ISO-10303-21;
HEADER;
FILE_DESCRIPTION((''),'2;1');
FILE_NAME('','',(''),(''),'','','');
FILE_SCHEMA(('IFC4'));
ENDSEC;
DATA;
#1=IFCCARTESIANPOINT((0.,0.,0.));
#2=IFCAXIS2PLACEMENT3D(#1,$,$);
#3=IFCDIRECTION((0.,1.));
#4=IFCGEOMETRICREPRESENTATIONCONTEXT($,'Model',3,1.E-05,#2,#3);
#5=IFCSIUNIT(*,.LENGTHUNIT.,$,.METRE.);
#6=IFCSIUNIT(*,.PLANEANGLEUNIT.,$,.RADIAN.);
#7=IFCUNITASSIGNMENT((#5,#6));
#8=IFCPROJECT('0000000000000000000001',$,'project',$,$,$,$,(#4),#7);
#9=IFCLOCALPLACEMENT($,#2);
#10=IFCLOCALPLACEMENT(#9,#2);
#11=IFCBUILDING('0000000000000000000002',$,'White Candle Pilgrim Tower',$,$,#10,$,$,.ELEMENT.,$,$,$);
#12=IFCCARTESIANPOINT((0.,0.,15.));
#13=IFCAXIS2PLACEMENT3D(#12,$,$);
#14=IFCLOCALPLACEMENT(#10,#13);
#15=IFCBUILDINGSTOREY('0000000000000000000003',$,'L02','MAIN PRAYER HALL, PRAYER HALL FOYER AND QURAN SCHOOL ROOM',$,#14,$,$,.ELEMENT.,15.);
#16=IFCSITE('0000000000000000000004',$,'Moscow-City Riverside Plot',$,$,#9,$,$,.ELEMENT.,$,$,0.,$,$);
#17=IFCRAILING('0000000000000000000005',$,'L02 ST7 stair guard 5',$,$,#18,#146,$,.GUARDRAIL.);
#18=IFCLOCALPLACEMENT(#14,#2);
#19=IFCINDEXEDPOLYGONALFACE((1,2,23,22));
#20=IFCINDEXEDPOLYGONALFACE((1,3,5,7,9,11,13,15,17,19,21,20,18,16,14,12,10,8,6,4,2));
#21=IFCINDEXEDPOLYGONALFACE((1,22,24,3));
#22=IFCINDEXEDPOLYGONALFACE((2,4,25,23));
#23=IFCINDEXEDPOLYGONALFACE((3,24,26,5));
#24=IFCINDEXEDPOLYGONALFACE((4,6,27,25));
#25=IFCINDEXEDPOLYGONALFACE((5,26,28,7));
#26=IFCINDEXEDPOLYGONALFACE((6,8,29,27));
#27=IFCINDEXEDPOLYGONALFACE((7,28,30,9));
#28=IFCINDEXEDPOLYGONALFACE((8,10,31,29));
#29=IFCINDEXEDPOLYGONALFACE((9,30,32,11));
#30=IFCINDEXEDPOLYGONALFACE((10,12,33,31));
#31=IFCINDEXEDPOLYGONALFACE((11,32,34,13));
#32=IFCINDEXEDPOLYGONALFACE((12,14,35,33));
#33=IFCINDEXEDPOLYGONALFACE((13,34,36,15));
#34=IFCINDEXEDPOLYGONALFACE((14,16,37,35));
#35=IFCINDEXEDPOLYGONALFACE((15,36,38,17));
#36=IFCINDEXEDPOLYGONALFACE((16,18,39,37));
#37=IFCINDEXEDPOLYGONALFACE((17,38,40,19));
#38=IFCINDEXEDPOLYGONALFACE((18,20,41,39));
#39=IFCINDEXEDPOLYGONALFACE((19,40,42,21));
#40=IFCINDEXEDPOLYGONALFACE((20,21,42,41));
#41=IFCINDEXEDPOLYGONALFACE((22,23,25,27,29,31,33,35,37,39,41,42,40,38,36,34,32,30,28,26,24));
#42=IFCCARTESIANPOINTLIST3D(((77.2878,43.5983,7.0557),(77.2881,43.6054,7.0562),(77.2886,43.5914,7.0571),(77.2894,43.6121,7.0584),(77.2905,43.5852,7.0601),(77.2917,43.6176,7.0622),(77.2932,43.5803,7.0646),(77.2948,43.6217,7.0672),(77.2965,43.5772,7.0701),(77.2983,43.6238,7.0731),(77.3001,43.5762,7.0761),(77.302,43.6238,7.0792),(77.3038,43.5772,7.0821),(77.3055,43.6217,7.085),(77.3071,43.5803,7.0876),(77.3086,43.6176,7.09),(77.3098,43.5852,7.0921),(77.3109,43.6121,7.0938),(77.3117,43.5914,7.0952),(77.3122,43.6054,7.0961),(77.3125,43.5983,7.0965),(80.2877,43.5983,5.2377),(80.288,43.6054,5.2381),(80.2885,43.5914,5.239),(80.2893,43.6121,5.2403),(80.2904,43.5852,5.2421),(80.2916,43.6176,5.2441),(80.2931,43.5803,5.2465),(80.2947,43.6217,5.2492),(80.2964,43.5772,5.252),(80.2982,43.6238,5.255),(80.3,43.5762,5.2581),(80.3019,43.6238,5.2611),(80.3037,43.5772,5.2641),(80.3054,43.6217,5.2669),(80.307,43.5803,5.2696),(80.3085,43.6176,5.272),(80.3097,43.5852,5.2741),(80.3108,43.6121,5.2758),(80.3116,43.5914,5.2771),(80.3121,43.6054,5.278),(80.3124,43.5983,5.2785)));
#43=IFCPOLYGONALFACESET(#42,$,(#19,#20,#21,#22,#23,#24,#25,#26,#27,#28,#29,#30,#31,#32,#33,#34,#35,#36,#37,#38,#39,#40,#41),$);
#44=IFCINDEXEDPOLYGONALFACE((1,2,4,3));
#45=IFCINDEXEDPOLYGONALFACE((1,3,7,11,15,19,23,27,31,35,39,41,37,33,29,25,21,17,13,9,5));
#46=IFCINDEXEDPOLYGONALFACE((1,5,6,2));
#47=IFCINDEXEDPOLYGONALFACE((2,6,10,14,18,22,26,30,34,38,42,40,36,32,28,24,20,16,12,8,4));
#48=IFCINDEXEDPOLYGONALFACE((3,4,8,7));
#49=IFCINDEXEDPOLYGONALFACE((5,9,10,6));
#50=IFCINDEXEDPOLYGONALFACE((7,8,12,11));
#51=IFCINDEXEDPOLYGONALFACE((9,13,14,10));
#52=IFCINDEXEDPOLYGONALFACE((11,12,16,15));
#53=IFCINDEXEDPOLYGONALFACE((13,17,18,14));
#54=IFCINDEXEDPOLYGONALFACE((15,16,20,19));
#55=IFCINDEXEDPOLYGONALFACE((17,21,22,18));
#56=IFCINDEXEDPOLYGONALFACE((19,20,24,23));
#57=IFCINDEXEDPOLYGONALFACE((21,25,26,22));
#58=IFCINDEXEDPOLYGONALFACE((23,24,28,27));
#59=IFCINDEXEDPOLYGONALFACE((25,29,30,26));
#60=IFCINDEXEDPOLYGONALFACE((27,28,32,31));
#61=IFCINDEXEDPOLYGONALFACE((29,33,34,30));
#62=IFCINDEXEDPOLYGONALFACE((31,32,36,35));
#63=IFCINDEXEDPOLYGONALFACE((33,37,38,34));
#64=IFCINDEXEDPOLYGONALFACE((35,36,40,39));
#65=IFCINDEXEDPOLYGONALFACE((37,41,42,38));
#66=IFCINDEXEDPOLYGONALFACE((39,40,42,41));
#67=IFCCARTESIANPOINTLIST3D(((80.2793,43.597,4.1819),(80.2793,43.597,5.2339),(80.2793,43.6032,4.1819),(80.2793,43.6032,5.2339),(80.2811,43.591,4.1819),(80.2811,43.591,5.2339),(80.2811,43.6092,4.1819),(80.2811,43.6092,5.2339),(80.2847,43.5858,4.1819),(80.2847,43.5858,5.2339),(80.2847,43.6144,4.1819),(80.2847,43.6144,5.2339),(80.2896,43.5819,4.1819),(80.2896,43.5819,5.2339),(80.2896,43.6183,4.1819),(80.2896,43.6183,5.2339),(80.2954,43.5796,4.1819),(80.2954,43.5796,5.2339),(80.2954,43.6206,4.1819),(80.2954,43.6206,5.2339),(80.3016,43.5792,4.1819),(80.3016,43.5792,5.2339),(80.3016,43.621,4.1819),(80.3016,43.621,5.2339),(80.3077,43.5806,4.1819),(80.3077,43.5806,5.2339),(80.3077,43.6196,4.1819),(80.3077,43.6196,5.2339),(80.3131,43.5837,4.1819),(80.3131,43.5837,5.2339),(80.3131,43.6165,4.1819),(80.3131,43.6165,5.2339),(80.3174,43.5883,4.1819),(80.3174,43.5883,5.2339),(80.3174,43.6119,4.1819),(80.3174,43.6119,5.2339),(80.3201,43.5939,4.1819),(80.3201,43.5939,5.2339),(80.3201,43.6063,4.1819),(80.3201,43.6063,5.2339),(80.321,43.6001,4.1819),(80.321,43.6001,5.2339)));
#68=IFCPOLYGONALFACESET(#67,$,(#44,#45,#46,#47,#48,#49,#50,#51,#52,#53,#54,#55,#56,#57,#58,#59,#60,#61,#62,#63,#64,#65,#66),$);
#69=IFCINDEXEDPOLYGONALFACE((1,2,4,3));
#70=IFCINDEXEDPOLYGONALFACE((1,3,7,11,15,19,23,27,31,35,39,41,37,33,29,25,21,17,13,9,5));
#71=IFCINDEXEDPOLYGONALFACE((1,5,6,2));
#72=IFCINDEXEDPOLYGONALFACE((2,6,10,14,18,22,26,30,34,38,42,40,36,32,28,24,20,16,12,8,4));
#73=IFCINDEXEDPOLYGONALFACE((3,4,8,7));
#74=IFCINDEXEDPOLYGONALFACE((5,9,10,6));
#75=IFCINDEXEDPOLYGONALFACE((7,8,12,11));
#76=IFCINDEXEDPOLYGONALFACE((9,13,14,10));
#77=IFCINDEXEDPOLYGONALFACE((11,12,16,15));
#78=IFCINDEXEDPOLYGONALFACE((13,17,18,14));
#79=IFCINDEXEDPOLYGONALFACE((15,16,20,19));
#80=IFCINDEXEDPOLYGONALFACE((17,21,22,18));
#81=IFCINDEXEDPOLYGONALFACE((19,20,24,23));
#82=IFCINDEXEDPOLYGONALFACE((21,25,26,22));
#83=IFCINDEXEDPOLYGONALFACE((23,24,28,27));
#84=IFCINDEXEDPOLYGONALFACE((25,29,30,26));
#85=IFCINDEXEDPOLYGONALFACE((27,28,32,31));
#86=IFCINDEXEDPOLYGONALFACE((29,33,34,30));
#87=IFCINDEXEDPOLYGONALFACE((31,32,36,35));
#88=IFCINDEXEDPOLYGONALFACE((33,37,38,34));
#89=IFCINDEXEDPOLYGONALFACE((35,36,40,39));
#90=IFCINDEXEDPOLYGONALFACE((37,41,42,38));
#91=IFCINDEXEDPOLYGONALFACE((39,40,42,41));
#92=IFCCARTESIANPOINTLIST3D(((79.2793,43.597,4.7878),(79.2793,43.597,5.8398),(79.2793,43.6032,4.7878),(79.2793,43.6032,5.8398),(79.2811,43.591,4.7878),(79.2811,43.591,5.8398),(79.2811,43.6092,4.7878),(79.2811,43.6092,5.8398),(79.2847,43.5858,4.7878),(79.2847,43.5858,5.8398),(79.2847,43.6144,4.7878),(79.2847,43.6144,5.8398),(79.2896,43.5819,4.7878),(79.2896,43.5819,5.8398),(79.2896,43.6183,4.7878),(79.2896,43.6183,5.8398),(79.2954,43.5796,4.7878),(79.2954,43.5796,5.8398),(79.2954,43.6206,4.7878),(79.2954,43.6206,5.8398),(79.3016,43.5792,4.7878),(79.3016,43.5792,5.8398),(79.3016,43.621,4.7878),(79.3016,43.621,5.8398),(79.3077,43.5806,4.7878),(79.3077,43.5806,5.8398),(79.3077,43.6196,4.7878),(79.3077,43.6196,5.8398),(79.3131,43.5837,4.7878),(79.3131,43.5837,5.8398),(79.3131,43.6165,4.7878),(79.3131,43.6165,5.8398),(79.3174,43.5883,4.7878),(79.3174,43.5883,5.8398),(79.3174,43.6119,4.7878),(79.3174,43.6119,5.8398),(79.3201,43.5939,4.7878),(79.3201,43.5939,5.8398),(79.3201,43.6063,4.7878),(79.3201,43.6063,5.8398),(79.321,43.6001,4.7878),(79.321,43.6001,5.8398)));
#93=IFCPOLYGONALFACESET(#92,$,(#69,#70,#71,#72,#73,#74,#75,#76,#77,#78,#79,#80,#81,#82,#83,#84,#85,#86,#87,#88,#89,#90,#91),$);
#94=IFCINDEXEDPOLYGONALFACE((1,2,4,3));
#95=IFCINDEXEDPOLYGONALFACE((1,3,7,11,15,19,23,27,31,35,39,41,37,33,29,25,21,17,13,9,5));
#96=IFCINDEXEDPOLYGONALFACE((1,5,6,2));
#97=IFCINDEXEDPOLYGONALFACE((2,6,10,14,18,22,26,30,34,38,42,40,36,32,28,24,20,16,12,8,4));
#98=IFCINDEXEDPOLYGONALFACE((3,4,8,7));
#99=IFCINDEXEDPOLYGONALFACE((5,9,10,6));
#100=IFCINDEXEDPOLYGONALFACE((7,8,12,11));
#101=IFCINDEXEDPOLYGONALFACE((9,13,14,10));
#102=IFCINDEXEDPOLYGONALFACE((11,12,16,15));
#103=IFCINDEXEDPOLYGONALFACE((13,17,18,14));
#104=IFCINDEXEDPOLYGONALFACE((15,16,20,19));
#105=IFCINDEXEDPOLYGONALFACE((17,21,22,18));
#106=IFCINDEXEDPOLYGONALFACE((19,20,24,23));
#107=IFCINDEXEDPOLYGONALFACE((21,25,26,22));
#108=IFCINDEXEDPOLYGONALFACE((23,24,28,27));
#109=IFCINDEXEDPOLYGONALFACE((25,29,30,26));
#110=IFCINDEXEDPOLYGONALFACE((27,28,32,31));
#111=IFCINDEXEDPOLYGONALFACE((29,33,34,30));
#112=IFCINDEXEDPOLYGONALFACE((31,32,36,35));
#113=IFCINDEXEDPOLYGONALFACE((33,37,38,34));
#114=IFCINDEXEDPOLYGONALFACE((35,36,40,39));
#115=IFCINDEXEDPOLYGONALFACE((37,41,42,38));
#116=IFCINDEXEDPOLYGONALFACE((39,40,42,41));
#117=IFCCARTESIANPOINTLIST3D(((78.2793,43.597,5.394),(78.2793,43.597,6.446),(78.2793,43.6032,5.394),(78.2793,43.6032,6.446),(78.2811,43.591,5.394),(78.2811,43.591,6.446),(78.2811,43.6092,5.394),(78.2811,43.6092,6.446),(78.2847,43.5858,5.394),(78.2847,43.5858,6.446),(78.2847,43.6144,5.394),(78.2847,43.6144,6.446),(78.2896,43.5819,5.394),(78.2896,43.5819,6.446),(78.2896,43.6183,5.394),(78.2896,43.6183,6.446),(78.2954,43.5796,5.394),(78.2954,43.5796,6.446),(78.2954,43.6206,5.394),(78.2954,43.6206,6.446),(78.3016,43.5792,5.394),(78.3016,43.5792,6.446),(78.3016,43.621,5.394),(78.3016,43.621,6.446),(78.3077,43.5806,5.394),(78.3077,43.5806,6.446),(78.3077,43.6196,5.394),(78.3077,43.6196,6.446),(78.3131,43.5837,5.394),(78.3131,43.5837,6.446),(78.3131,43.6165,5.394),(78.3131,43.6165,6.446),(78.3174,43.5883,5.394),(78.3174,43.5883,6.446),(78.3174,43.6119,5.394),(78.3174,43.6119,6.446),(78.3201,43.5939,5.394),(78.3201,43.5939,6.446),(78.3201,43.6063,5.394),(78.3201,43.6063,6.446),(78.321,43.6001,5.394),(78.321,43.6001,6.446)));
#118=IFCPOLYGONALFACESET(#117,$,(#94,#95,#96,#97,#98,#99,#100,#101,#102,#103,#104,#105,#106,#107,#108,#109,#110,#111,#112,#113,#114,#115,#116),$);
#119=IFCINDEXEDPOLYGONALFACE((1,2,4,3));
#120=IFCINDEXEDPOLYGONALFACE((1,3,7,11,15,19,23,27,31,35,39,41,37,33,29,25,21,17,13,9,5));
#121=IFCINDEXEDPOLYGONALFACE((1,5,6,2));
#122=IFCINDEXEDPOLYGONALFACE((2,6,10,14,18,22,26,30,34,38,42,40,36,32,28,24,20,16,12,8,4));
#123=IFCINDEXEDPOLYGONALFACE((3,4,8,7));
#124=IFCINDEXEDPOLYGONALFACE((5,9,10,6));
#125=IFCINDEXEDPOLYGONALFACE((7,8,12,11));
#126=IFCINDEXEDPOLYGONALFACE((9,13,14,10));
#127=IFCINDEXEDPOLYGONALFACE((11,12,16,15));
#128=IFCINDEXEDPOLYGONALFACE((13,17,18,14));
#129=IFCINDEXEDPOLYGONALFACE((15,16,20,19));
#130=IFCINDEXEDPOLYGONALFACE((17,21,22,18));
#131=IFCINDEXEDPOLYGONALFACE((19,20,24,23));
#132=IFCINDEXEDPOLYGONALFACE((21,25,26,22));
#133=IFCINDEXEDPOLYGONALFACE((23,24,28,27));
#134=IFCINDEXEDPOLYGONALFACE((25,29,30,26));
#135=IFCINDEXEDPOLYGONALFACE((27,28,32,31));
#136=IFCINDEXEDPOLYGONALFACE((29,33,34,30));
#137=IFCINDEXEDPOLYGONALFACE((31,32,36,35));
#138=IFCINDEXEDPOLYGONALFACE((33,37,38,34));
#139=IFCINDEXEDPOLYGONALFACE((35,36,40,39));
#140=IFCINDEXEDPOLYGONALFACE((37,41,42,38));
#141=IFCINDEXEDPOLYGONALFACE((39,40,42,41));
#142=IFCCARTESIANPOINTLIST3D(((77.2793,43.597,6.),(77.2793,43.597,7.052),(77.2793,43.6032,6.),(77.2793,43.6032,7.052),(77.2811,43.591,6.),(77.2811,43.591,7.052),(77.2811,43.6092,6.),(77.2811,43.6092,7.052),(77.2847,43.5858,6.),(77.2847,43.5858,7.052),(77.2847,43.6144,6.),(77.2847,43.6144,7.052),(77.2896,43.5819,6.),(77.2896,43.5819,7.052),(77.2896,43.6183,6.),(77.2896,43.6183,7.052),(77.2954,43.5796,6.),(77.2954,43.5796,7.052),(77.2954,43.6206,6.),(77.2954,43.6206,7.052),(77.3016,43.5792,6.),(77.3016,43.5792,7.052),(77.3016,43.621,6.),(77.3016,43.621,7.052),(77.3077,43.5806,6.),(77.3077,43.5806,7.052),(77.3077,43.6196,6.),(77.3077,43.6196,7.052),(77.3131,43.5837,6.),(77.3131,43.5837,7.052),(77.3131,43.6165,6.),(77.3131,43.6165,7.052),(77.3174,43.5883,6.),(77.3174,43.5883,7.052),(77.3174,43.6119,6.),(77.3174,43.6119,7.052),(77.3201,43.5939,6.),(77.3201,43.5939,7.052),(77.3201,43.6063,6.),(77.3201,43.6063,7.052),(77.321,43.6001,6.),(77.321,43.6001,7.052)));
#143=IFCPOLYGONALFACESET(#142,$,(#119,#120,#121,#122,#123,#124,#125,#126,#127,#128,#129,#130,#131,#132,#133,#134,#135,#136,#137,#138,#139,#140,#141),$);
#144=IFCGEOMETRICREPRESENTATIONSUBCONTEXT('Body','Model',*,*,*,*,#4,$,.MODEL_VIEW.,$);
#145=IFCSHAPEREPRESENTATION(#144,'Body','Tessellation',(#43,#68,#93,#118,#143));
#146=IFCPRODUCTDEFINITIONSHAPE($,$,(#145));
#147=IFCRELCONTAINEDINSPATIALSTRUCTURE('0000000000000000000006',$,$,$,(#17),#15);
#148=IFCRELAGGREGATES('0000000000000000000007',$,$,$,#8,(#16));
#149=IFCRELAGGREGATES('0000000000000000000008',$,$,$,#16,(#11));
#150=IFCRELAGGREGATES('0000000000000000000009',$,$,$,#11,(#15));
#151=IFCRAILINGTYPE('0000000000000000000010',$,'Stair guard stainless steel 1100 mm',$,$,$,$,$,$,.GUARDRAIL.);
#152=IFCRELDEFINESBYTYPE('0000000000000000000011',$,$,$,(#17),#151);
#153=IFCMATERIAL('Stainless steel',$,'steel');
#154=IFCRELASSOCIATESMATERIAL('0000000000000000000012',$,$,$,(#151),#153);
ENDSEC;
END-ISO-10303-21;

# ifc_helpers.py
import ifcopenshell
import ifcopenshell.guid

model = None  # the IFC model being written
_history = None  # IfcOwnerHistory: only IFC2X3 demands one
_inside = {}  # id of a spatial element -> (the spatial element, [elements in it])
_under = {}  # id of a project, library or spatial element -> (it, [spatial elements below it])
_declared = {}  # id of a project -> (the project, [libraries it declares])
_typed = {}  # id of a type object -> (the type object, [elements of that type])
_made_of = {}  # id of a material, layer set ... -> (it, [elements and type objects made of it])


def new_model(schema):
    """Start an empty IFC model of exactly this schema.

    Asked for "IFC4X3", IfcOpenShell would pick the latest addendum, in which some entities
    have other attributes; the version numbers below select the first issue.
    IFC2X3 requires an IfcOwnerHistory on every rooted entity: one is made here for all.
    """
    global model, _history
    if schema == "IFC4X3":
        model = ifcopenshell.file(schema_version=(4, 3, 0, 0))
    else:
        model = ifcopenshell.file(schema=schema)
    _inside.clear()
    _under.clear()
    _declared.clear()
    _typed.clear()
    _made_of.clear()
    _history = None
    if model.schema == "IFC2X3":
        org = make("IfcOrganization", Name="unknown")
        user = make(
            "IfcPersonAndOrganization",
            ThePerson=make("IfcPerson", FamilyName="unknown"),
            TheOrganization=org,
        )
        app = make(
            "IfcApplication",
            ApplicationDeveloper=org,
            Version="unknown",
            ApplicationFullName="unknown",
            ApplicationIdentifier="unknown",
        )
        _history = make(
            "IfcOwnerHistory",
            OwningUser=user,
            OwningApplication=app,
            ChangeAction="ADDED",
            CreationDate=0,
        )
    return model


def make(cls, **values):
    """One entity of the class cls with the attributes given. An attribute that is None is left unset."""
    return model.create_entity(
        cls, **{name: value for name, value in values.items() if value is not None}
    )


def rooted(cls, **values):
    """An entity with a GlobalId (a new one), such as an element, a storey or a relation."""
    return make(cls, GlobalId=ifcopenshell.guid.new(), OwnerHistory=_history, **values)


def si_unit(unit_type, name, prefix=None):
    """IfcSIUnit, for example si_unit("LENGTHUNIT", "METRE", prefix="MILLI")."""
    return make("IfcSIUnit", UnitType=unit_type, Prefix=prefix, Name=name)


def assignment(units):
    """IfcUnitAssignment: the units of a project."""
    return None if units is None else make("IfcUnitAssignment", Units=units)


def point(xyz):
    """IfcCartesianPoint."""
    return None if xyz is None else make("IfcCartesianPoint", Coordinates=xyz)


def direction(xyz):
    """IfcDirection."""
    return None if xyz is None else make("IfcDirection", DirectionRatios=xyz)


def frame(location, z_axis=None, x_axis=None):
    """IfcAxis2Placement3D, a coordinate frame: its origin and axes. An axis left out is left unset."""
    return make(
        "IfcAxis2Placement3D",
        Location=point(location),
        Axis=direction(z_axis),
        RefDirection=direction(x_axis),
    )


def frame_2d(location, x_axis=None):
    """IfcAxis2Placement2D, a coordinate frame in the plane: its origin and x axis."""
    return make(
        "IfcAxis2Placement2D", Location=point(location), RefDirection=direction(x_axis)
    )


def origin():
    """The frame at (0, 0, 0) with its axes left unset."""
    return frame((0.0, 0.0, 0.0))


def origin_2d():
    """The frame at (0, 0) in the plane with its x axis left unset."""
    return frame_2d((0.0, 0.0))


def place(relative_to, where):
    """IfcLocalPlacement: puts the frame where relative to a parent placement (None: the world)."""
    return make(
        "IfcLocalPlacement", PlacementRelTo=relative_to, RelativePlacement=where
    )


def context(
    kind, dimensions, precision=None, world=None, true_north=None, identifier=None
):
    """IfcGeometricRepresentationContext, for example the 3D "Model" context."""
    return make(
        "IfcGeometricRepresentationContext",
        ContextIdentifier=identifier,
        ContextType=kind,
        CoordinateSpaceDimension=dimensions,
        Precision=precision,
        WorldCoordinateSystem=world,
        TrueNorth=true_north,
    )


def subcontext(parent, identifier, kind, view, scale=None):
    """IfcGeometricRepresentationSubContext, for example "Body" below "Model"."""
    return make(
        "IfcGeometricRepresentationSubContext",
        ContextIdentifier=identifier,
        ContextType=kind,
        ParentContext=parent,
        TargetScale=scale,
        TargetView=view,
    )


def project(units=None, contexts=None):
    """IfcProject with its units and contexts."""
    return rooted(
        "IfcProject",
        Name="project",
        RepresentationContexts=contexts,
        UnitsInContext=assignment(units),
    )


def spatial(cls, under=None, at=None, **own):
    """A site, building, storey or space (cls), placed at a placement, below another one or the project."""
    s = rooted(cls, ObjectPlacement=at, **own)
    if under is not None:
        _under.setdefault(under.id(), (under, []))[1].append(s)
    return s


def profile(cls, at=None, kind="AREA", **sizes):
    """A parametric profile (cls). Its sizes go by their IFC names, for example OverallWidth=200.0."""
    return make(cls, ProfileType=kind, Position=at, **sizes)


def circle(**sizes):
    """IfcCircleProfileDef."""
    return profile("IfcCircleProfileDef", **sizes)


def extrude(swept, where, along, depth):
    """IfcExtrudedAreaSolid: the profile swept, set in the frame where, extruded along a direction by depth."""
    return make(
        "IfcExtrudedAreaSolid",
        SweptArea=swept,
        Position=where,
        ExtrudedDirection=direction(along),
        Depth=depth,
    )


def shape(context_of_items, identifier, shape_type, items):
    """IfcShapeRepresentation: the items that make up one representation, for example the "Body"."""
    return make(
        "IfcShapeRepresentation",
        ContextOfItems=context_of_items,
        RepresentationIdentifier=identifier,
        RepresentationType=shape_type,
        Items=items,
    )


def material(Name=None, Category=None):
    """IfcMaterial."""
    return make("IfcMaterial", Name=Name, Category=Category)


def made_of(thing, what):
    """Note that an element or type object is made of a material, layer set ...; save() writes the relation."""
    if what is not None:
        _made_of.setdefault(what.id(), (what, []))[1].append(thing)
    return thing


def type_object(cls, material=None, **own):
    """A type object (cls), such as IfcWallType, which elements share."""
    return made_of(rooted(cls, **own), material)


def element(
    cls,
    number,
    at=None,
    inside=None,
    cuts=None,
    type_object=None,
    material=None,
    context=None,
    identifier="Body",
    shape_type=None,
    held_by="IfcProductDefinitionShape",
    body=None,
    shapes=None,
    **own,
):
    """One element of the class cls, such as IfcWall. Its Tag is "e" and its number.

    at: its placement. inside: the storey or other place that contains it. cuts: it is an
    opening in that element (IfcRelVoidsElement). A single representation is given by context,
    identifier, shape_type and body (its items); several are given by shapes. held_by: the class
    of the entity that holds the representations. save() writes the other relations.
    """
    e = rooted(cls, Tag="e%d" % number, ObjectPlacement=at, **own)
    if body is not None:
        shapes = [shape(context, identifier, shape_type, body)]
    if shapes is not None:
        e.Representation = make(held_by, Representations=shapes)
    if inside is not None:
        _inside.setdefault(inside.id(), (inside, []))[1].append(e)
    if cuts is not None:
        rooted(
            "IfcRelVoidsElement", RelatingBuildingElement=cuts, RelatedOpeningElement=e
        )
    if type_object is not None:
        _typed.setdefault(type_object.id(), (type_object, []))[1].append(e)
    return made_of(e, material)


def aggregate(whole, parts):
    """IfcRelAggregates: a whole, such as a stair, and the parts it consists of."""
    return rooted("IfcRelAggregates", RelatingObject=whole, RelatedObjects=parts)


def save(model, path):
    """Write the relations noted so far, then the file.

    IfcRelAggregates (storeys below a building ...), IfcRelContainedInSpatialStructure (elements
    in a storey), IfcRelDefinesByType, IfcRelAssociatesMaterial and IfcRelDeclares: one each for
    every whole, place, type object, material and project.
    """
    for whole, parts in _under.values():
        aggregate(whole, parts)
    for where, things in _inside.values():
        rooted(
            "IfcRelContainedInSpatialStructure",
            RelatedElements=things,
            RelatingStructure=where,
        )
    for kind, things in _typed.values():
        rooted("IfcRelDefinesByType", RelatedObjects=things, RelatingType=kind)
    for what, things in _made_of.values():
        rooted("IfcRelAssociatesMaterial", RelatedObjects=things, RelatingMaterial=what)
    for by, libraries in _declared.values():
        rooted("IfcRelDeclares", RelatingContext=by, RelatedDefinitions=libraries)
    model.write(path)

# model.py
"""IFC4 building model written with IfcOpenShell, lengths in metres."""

from ifc_helpers import new_model, si_unit, direction, frame, origin, origin_2d, place, context, subcontext, project, spatial, circle, extrude, material, type_object, element, save


model = new_model("IFC4")

# Units and contexts
model_context = context("Model", 3, precision=1e-05, world=origin(), true_north=direction((0.0, 1.0)))
body_context = subcontext(model_context, "Body", "Model", "MODEL_VIEW")
ifc_project = project(units=[si_unit("LENGTHUNIT", "METRE"), si_unit("PLANEANGLEUNIT", "RADIAN")], contexts=[model_context])

# Site, building, storey
site_placement = place(None, origin())
site = spatial("IfcSite", under=ifc_project, at=site_placement, Name="Moscow-City Riverside Plot", CompositionType="ELEMENT", RefElevation=0.0)
building_placement = place(site_placement, origin())
building = spatial("IfcBuilding", under=site, at=building_placement, Name="White Candle Pilgrim Tower", CompositionType="ELEMENT")
storey_placement = place(building_placement, frame((0.0, 0.0, 15.0)))
storey = spatial("IfcBuildingStorey", under=building, at=storey_placement, Name="L02", Description="MAIN PRAYER HALL, PRAYER HALL FOYER AND QURAN SCHOOL ROOM", CompositionType="ELEMENT", Elevation=15.0)

# Railing
ifc_material_1 = material(Name="Stainless steel", Category="steel")
railing_type_1 = type_object("IfcRailingType", Name="Stair guard stainless steel 1100 mm", PredefinedType="GUARDRAIL", material=ifc_material_1)
railing_1_placement = place(storey_placement, frame((80.3, 43.6001, 4.1819)))
element("IfcRailing", 1, at=railing_1_placement, inside=storey, type_object=railing_type_1, Name="L02 ST7 stair guard 5", PredefinedType="GUARDRAIL", context=body_context, shape_type="SweptSolid", body=[
    extrude(circle(Radius=0.0239, at=origin_2d()), frame((0.0, 0.0, 1.0762), z_axis=(-0.855206, 0.0, 0.518288), x_axis=(0.0, -1.0, 0.0)), (0.0, 0.0, 1.0), 3.5078),
    extrude(circle(Radius=0.021, at=origin_2d()), origin(), (0.0, 0.0, 1.0), 1.052),
    extrude(circle(Radius=0.021, at=origin_2d()), frame((-1.0, 0.0, 0.606)), (0.0, 0.0, 1.0), 1.052),
    extrude(circle(Radius=0.021, at=origin_2d()), frame((-2.0, 0.0, 1.2122)), (0.0, 0.0, 1.0), 1.052),
    extrude(circle(Radius=0.021, at=origin_2d()), frame((-3.0, 0.0, 1.8181)), (0.0, 0.0, 1.0), 1.052),
])

save(model, "model.ifc")
